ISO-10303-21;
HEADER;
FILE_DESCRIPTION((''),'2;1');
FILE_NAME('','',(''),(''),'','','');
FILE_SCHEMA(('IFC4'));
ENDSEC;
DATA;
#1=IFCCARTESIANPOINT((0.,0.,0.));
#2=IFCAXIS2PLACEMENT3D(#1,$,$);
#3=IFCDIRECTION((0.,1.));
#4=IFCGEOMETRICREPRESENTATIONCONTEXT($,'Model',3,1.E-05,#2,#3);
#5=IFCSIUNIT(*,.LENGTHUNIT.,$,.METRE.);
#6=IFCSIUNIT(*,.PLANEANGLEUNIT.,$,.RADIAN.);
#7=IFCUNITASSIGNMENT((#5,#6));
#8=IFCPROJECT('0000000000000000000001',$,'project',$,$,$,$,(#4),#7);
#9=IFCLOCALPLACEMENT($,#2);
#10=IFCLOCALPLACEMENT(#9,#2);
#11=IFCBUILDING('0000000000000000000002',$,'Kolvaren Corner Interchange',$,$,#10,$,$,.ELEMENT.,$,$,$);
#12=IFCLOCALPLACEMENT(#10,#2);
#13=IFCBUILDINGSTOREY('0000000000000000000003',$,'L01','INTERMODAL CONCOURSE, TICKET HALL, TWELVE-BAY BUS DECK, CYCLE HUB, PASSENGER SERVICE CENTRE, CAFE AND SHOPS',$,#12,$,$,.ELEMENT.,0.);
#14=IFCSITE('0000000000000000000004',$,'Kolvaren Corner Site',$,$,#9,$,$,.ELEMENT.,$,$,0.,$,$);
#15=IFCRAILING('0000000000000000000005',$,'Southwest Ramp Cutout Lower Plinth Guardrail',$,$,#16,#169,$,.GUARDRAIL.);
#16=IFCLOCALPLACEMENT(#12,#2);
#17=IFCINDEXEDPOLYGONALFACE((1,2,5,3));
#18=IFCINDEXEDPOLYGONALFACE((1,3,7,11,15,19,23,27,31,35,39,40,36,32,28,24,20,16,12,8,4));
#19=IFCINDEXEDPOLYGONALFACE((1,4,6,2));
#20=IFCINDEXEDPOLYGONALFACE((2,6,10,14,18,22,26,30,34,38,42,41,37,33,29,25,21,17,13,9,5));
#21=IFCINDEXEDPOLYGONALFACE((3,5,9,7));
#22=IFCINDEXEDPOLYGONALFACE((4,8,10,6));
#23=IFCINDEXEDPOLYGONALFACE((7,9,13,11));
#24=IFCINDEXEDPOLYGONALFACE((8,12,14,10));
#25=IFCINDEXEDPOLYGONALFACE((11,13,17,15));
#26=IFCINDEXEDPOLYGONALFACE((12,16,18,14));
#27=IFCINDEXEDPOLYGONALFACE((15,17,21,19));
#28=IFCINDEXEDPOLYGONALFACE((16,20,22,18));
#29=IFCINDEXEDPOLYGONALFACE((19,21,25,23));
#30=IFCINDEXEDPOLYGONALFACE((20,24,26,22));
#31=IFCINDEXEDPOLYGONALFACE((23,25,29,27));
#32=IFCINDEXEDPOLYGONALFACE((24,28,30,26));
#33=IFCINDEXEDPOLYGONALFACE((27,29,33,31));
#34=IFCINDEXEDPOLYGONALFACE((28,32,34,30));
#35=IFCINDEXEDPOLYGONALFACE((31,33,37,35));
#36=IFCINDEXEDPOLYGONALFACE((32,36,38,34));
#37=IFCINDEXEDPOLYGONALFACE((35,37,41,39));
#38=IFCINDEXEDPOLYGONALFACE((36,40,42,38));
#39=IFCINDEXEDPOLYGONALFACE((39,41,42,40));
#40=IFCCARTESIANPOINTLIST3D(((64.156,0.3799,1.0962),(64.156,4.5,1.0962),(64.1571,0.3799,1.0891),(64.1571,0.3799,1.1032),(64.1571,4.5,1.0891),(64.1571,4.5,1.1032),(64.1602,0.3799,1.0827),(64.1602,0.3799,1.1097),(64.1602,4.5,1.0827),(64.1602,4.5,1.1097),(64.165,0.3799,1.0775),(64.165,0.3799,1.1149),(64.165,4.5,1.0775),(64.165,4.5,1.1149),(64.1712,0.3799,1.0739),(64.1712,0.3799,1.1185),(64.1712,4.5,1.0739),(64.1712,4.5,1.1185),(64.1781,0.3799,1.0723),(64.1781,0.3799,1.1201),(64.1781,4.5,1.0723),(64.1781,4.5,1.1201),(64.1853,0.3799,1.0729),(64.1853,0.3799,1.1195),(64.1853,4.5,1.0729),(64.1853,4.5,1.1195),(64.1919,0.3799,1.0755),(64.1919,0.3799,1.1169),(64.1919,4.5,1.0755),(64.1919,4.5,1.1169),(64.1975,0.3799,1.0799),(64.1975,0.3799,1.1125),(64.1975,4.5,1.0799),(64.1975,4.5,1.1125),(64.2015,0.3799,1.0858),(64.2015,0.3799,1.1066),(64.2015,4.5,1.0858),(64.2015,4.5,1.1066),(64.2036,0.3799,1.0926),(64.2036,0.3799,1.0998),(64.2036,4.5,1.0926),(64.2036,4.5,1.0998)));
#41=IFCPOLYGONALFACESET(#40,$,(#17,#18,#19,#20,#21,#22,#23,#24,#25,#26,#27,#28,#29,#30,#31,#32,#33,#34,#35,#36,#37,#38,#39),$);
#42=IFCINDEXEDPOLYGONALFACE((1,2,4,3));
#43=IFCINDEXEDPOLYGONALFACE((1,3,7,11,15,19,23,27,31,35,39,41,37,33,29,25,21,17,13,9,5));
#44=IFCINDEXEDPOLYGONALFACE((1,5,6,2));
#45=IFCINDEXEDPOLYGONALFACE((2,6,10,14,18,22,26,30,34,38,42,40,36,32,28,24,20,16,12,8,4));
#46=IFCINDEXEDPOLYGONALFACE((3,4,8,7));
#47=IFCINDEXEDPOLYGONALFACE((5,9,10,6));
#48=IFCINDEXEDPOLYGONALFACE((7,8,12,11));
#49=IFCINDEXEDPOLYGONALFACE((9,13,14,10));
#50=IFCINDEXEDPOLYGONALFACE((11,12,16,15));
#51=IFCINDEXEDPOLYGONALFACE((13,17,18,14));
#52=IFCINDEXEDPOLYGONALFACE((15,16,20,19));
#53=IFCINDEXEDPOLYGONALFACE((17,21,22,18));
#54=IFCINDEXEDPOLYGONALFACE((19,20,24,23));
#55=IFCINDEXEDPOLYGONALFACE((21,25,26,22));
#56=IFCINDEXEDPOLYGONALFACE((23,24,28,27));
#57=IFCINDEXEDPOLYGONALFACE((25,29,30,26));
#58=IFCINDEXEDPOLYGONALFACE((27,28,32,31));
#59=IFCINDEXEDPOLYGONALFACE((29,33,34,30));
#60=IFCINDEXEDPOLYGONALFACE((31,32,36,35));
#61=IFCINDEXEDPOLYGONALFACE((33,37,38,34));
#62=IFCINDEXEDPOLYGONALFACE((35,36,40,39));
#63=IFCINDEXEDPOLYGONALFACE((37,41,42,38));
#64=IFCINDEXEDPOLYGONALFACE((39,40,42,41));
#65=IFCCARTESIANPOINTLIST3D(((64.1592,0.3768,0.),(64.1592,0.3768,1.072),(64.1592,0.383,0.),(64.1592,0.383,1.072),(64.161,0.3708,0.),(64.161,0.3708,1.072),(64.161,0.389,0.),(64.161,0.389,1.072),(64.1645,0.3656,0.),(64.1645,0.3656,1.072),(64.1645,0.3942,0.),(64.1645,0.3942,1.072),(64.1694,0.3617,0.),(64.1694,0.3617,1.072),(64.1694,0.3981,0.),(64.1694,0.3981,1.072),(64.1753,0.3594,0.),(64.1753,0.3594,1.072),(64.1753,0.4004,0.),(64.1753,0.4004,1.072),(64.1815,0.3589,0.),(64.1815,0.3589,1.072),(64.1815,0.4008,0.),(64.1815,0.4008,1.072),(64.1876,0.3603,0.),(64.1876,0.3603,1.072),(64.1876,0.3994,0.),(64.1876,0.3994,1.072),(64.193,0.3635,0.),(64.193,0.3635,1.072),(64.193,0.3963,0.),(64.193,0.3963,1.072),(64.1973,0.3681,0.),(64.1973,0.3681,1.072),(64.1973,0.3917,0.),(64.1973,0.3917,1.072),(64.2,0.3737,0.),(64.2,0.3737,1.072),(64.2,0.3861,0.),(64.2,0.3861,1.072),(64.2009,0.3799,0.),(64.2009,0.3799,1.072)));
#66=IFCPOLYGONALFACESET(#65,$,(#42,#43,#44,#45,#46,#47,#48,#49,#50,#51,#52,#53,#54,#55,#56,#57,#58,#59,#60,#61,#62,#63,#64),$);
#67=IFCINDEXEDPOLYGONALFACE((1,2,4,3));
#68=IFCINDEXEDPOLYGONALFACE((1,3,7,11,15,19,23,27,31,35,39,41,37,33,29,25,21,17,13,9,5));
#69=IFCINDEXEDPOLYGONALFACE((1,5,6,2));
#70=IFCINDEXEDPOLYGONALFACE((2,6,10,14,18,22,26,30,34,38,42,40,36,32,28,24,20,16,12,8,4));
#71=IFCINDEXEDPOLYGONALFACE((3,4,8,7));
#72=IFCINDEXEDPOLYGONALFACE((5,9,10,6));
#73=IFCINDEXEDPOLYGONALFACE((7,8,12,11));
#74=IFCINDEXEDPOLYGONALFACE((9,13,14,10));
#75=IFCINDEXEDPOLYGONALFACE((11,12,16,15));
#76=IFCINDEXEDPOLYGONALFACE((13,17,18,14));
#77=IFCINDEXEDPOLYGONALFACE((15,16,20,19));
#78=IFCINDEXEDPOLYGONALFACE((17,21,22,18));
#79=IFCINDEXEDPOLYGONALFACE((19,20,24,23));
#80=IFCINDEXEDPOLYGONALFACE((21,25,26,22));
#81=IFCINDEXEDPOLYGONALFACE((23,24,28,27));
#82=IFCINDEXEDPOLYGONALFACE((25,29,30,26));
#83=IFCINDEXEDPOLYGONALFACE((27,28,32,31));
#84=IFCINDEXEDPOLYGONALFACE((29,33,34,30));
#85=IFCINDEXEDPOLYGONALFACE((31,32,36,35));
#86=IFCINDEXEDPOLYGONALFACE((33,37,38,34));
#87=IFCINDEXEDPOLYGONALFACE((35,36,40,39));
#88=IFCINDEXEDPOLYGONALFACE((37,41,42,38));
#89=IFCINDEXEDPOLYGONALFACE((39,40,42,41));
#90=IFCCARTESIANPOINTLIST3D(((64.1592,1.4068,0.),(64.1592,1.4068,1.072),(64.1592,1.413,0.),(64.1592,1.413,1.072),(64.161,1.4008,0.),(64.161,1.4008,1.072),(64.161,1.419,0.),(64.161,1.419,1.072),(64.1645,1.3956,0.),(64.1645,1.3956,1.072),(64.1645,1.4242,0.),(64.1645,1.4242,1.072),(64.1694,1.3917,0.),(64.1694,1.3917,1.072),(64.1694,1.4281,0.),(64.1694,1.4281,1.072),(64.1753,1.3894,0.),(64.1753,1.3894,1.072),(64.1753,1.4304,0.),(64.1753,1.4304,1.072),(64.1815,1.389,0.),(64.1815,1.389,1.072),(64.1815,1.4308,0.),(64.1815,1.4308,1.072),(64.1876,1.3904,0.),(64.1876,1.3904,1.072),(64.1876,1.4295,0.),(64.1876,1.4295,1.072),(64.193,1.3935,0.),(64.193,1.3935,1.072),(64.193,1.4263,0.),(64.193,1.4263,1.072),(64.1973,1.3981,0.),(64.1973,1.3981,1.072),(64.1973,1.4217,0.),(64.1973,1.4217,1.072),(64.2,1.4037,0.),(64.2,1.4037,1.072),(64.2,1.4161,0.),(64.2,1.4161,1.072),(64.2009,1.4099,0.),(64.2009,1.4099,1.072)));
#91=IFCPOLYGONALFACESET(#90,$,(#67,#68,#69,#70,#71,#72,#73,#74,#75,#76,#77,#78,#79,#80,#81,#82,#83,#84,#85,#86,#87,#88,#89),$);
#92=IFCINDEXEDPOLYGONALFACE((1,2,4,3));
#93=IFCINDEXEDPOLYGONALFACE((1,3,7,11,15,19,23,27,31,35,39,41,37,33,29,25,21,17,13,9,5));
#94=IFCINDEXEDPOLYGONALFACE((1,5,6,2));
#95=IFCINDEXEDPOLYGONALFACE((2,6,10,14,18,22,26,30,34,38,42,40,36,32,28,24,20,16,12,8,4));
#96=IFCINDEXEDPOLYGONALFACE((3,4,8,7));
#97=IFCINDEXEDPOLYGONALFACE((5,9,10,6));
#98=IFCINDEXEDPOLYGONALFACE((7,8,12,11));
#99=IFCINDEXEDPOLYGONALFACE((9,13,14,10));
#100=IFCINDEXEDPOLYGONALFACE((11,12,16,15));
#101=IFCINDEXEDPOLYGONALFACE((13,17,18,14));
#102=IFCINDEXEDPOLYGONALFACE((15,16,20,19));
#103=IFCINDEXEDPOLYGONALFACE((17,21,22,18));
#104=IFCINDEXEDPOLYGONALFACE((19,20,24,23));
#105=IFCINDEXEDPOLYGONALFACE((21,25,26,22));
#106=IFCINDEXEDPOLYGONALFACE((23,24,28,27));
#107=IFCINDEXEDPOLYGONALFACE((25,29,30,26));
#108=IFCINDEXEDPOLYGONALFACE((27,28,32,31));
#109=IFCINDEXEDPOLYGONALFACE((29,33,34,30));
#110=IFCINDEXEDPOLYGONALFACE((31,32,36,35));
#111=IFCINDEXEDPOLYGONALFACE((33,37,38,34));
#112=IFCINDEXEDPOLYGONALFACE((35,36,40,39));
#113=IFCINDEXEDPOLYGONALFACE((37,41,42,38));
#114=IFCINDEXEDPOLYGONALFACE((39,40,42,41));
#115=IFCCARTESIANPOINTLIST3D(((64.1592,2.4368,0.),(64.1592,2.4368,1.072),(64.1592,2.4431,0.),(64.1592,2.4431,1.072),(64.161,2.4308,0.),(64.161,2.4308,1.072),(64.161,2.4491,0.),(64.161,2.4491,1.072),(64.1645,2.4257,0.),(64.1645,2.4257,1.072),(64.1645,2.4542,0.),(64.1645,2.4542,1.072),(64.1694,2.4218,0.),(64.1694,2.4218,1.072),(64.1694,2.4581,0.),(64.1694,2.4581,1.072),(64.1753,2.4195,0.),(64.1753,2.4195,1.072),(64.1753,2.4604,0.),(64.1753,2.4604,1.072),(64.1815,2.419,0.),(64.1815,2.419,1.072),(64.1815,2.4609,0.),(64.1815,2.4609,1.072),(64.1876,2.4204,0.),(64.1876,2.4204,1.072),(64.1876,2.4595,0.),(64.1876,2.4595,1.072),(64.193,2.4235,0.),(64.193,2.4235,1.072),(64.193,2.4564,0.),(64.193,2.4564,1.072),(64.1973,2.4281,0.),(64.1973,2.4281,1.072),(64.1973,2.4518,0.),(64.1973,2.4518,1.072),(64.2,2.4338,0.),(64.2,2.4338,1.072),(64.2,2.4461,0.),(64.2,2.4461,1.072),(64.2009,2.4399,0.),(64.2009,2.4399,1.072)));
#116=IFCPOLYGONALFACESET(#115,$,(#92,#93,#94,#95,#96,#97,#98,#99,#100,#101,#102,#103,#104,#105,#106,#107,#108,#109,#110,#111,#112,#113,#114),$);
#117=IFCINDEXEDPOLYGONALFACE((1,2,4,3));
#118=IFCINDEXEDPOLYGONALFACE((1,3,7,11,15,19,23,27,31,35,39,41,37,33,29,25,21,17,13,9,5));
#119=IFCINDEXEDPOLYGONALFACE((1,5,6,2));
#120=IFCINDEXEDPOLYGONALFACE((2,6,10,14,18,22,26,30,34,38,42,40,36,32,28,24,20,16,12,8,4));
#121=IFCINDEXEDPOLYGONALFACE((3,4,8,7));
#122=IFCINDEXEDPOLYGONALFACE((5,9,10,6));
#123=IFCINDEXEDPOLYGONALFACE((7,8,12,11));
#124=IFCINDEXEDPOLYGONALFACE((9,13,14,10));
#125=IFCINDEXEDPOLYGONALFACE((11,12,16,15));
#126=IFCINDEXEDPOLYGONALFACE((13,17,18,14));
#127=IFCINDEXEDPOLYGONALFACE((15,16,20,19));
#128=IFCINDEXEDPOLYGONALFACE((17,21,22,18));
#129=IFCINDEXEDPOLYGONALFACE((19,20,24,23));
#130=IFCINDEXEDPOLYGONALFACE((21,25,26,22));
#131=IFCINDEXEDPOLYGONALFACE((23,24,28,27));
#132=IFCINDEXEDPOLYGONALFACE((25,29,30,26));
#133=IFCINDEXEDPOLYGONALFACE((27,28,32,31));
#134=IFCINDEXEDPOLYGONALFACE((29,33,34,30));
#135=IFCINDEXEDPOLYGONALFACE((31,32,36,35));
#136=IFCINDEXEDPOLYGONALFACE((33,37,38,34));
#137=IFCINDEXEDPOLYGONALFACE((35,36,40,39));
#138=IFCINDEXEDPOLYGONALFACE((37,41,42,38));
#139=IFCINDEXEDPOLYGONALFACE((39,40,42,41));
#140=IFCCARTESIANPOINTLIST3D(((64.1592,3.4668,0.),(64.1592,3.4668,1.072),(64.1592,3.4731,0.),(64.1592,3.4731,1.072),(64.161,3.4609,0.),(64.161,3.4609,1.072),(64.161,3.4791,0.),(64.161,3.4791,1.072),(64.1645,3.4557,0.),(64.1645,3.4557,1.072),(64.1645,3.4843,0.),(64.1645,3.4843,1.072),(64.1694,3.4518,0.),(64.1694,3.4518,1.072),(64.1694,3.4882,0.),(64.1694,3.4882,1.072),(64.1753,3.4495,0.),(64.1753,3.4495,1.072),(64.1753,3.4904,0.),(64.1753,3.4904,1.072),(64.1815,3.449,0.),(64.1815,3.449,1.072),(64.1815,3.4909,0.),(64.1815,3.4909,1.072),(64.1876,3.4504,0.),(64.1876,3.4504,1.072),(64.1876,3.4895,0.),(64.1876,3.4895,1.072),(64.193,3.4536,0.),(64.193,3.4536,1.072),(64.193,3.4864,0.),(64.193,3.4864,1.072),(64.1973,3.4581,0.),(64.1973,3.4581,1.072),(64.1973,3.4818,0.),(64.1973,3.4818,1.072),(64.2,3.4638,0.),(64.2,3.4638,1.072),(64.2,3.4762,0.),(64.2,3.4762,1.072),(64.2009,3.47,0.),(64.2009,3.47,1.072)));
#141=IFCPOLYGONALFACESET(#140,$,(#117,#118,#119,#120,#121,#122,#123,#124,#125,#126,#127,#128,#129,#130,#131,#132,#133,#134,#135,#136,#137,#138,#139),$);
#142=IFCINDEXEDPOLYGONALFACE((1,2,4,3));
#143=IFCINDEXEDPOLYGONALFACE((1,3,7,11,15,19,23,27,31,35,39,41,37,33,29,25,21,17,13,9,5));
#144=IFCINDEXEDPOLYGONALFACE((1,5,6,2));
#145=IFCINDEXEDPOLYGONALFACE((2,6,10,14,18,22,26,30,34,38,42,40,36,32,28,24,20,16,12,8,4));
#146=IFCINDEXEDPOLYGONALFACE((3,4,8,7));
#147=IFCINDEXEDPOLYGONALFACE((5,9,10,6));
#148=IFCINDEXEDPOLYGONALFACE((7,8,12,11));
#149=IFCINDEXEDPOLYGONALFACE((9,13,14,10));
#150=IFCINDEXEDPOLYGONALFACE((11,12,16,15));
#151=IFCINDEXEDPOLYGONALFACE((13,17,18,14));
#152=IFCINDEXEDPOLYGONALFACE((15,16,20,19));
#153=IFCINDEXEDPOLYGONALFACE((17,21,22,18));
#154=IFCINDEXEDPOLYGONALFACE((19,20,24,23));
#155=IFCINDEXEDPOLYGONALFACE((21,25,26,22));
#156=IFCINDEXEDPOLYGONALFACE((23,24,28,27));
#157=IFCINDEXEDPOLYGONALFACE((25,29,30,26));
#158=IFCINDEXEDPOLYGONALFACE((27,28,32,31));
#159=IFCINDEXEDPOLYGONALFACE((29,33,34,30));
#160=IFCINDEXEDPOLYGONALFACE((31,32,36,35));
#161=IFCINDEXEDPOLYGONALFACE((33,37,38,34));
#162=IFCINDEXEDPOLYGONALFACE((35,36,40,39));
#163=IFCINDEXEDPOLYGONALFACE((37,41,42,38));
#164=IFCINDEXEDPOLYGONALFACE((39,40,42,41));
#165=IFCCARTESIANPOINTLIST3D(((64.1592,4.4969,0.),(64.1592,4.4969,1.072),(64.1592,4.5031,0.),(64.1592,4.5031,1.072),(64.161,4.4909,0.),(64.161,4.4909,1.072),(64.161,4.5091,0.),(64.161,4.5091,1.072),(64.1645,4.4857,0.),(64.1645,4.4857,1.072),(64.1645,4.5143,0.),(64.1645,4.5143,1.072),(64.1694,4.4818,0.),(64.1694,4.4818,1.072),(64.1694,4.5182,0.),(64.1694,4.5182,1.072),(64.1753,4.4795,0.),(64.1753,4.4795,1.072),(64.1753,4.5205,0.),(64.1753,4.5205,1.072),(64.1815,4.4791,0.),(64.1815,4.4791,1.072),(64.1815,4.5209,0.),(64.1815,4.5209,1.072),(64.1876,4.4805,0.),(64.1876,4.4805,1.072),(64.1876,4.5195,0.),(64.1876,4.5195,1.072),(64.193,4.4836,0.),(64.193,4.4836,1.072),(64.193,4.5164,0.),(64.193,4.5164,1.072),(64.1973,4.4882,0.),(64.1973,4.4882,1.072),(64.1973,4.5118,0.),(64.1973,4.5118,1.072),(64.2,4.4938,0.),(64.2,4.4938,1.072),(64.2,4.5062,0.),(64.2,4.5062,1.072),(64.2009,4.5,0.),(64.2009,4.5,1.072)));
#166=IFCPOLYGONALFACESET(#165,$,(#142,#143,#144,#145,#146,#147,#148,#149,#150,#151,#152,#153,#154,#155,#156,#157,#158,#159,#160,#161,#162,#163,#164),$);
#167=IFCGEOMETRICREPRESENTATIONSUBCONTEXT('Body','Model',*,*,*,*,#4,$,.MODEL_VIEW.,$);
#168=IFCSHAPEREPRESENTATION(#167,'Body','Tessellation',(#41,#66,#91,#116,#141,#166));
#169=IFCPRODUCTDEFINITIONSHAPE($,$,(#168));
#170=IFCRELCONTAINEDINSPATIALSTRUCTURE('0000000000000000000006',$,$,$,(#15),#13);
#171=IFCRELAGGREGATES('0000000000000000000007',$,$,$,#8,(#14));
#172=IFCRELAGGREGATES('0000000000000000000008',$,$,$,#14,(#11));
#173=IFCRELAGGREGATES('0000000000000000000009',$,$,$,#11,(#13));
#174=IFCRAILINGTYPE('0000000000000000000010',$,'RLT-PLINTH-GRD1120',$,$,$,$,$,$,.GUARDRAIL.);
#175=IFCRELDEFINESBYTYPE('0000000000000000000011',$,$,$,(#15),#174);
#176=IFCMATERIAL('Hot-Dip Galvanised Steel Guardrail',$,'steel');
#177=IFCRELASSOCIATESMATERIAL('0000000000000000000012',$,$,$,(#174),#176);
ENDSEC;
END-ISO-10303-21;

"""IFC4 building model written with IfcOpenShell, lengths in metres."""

from ifc_helpers import new_model, si_unit, direction, frame, origin, origin_2d, place, context, subcontext, project, spatial, circle, extrude, material, type_object, element, save


model = new_model("IFC4")

# Units and contexts
model_context = context("Model", 3, precision=1e-05, world=origin(), true_north=direction((0.0, 1.0)))
body_context = subcontext(model_context, "Body", "Model", "MODEL_VIEW")
ifc_project = project(units=[si_unit("LENGTHUNIT", "METRE"), si_unit("PLANEANGLEUNIT", "RADIAN")], contexts=[model_context])

# Site, building, storey
site_placement = place(None, origin())
site = spatial("IfcSite", under=ifc_project, at=site_placement, Name="Kolvaren Corner Site", CompositionType="ELEMENT", RefElevation=0.0)
building_placement = place(site_placement, origin())
building = spatial("IfcBuilding", under=site, at=building_placement, Name="Kolvaren Corner Interchange", CompositionType="ELEMENT")
storey_placement = place(building_placement, origin())
storey = spatial("IfcBuildingStorey", under=building, at=storey_placement, Name="L01", Description="INTERMODAL CONCOURSE, TICKET HALL, TWELVE-BAY BUS DECK, CYCLE HUB, PASSENGER SERVICE CENTRE, CAFE AND SHOPS", CompositionType="ELEMENT", Elevation=0.0)

# Railing
ifc_material_1 = material(Name="Hot-Dip Galvanised Steel Guardrail", Category="steel")
railing_type_1 = type_object("IfcRailingType", Name="RLT-PLINTH-GRD1120", PredefinedType="GUARDRAIL", material=ifc_material_1)
railing_1_placement = place(storey_placement, frame((64.1799, 0.3799, 0.0)))
element("IfcRailing", 1, at=railing_1_placement, inside=storey, type_object=railing_type_1, Name="Southwest Ramp Cutout Lower Plinth Guardrail", PredefinedType="GUARDRAIL", context=body_context, shape_type="SweptSolid", body=[
    extrude(circle(Radius=0.0239, at=origin_2d()), frame((0.0, 0.0, 1.0962), z_axis=(0.0, 1.0, 0.0), x_axis=(-1.0, 0.0, 0.0)), (0.0, 0.0, 1.0), 4.1201),
    extrude(circle(Radius=0.021, at=origin_2d()), origin(), (0.0, 0.0, 1.0), 1.072),
    extrude(circle(Radius=0.021, at=origin_2d()), frame((0.0, 1.03, 0.0)), (0.0, 0.0, 1.0), 1.072),
    extrude(circle(Radius=0.021, at=origin_2d()), frame((0.0, 2.0601, 0.0)), (0.0, 0.0, 1.0), 1.072),
    extrude(circle(Radius=0.021, at=origin_2d()), frame((0.0, 3.0901, 0.0)), (0.0, 0.0, 1.0), 1.072),
    extrude(circle(Radius=0.021, at=origin_2d()), frame((0.0, 4.1201, 0.0)), (0.0, 0.0, 1.0), 1.072),
])

save(model, "model.ifc")
